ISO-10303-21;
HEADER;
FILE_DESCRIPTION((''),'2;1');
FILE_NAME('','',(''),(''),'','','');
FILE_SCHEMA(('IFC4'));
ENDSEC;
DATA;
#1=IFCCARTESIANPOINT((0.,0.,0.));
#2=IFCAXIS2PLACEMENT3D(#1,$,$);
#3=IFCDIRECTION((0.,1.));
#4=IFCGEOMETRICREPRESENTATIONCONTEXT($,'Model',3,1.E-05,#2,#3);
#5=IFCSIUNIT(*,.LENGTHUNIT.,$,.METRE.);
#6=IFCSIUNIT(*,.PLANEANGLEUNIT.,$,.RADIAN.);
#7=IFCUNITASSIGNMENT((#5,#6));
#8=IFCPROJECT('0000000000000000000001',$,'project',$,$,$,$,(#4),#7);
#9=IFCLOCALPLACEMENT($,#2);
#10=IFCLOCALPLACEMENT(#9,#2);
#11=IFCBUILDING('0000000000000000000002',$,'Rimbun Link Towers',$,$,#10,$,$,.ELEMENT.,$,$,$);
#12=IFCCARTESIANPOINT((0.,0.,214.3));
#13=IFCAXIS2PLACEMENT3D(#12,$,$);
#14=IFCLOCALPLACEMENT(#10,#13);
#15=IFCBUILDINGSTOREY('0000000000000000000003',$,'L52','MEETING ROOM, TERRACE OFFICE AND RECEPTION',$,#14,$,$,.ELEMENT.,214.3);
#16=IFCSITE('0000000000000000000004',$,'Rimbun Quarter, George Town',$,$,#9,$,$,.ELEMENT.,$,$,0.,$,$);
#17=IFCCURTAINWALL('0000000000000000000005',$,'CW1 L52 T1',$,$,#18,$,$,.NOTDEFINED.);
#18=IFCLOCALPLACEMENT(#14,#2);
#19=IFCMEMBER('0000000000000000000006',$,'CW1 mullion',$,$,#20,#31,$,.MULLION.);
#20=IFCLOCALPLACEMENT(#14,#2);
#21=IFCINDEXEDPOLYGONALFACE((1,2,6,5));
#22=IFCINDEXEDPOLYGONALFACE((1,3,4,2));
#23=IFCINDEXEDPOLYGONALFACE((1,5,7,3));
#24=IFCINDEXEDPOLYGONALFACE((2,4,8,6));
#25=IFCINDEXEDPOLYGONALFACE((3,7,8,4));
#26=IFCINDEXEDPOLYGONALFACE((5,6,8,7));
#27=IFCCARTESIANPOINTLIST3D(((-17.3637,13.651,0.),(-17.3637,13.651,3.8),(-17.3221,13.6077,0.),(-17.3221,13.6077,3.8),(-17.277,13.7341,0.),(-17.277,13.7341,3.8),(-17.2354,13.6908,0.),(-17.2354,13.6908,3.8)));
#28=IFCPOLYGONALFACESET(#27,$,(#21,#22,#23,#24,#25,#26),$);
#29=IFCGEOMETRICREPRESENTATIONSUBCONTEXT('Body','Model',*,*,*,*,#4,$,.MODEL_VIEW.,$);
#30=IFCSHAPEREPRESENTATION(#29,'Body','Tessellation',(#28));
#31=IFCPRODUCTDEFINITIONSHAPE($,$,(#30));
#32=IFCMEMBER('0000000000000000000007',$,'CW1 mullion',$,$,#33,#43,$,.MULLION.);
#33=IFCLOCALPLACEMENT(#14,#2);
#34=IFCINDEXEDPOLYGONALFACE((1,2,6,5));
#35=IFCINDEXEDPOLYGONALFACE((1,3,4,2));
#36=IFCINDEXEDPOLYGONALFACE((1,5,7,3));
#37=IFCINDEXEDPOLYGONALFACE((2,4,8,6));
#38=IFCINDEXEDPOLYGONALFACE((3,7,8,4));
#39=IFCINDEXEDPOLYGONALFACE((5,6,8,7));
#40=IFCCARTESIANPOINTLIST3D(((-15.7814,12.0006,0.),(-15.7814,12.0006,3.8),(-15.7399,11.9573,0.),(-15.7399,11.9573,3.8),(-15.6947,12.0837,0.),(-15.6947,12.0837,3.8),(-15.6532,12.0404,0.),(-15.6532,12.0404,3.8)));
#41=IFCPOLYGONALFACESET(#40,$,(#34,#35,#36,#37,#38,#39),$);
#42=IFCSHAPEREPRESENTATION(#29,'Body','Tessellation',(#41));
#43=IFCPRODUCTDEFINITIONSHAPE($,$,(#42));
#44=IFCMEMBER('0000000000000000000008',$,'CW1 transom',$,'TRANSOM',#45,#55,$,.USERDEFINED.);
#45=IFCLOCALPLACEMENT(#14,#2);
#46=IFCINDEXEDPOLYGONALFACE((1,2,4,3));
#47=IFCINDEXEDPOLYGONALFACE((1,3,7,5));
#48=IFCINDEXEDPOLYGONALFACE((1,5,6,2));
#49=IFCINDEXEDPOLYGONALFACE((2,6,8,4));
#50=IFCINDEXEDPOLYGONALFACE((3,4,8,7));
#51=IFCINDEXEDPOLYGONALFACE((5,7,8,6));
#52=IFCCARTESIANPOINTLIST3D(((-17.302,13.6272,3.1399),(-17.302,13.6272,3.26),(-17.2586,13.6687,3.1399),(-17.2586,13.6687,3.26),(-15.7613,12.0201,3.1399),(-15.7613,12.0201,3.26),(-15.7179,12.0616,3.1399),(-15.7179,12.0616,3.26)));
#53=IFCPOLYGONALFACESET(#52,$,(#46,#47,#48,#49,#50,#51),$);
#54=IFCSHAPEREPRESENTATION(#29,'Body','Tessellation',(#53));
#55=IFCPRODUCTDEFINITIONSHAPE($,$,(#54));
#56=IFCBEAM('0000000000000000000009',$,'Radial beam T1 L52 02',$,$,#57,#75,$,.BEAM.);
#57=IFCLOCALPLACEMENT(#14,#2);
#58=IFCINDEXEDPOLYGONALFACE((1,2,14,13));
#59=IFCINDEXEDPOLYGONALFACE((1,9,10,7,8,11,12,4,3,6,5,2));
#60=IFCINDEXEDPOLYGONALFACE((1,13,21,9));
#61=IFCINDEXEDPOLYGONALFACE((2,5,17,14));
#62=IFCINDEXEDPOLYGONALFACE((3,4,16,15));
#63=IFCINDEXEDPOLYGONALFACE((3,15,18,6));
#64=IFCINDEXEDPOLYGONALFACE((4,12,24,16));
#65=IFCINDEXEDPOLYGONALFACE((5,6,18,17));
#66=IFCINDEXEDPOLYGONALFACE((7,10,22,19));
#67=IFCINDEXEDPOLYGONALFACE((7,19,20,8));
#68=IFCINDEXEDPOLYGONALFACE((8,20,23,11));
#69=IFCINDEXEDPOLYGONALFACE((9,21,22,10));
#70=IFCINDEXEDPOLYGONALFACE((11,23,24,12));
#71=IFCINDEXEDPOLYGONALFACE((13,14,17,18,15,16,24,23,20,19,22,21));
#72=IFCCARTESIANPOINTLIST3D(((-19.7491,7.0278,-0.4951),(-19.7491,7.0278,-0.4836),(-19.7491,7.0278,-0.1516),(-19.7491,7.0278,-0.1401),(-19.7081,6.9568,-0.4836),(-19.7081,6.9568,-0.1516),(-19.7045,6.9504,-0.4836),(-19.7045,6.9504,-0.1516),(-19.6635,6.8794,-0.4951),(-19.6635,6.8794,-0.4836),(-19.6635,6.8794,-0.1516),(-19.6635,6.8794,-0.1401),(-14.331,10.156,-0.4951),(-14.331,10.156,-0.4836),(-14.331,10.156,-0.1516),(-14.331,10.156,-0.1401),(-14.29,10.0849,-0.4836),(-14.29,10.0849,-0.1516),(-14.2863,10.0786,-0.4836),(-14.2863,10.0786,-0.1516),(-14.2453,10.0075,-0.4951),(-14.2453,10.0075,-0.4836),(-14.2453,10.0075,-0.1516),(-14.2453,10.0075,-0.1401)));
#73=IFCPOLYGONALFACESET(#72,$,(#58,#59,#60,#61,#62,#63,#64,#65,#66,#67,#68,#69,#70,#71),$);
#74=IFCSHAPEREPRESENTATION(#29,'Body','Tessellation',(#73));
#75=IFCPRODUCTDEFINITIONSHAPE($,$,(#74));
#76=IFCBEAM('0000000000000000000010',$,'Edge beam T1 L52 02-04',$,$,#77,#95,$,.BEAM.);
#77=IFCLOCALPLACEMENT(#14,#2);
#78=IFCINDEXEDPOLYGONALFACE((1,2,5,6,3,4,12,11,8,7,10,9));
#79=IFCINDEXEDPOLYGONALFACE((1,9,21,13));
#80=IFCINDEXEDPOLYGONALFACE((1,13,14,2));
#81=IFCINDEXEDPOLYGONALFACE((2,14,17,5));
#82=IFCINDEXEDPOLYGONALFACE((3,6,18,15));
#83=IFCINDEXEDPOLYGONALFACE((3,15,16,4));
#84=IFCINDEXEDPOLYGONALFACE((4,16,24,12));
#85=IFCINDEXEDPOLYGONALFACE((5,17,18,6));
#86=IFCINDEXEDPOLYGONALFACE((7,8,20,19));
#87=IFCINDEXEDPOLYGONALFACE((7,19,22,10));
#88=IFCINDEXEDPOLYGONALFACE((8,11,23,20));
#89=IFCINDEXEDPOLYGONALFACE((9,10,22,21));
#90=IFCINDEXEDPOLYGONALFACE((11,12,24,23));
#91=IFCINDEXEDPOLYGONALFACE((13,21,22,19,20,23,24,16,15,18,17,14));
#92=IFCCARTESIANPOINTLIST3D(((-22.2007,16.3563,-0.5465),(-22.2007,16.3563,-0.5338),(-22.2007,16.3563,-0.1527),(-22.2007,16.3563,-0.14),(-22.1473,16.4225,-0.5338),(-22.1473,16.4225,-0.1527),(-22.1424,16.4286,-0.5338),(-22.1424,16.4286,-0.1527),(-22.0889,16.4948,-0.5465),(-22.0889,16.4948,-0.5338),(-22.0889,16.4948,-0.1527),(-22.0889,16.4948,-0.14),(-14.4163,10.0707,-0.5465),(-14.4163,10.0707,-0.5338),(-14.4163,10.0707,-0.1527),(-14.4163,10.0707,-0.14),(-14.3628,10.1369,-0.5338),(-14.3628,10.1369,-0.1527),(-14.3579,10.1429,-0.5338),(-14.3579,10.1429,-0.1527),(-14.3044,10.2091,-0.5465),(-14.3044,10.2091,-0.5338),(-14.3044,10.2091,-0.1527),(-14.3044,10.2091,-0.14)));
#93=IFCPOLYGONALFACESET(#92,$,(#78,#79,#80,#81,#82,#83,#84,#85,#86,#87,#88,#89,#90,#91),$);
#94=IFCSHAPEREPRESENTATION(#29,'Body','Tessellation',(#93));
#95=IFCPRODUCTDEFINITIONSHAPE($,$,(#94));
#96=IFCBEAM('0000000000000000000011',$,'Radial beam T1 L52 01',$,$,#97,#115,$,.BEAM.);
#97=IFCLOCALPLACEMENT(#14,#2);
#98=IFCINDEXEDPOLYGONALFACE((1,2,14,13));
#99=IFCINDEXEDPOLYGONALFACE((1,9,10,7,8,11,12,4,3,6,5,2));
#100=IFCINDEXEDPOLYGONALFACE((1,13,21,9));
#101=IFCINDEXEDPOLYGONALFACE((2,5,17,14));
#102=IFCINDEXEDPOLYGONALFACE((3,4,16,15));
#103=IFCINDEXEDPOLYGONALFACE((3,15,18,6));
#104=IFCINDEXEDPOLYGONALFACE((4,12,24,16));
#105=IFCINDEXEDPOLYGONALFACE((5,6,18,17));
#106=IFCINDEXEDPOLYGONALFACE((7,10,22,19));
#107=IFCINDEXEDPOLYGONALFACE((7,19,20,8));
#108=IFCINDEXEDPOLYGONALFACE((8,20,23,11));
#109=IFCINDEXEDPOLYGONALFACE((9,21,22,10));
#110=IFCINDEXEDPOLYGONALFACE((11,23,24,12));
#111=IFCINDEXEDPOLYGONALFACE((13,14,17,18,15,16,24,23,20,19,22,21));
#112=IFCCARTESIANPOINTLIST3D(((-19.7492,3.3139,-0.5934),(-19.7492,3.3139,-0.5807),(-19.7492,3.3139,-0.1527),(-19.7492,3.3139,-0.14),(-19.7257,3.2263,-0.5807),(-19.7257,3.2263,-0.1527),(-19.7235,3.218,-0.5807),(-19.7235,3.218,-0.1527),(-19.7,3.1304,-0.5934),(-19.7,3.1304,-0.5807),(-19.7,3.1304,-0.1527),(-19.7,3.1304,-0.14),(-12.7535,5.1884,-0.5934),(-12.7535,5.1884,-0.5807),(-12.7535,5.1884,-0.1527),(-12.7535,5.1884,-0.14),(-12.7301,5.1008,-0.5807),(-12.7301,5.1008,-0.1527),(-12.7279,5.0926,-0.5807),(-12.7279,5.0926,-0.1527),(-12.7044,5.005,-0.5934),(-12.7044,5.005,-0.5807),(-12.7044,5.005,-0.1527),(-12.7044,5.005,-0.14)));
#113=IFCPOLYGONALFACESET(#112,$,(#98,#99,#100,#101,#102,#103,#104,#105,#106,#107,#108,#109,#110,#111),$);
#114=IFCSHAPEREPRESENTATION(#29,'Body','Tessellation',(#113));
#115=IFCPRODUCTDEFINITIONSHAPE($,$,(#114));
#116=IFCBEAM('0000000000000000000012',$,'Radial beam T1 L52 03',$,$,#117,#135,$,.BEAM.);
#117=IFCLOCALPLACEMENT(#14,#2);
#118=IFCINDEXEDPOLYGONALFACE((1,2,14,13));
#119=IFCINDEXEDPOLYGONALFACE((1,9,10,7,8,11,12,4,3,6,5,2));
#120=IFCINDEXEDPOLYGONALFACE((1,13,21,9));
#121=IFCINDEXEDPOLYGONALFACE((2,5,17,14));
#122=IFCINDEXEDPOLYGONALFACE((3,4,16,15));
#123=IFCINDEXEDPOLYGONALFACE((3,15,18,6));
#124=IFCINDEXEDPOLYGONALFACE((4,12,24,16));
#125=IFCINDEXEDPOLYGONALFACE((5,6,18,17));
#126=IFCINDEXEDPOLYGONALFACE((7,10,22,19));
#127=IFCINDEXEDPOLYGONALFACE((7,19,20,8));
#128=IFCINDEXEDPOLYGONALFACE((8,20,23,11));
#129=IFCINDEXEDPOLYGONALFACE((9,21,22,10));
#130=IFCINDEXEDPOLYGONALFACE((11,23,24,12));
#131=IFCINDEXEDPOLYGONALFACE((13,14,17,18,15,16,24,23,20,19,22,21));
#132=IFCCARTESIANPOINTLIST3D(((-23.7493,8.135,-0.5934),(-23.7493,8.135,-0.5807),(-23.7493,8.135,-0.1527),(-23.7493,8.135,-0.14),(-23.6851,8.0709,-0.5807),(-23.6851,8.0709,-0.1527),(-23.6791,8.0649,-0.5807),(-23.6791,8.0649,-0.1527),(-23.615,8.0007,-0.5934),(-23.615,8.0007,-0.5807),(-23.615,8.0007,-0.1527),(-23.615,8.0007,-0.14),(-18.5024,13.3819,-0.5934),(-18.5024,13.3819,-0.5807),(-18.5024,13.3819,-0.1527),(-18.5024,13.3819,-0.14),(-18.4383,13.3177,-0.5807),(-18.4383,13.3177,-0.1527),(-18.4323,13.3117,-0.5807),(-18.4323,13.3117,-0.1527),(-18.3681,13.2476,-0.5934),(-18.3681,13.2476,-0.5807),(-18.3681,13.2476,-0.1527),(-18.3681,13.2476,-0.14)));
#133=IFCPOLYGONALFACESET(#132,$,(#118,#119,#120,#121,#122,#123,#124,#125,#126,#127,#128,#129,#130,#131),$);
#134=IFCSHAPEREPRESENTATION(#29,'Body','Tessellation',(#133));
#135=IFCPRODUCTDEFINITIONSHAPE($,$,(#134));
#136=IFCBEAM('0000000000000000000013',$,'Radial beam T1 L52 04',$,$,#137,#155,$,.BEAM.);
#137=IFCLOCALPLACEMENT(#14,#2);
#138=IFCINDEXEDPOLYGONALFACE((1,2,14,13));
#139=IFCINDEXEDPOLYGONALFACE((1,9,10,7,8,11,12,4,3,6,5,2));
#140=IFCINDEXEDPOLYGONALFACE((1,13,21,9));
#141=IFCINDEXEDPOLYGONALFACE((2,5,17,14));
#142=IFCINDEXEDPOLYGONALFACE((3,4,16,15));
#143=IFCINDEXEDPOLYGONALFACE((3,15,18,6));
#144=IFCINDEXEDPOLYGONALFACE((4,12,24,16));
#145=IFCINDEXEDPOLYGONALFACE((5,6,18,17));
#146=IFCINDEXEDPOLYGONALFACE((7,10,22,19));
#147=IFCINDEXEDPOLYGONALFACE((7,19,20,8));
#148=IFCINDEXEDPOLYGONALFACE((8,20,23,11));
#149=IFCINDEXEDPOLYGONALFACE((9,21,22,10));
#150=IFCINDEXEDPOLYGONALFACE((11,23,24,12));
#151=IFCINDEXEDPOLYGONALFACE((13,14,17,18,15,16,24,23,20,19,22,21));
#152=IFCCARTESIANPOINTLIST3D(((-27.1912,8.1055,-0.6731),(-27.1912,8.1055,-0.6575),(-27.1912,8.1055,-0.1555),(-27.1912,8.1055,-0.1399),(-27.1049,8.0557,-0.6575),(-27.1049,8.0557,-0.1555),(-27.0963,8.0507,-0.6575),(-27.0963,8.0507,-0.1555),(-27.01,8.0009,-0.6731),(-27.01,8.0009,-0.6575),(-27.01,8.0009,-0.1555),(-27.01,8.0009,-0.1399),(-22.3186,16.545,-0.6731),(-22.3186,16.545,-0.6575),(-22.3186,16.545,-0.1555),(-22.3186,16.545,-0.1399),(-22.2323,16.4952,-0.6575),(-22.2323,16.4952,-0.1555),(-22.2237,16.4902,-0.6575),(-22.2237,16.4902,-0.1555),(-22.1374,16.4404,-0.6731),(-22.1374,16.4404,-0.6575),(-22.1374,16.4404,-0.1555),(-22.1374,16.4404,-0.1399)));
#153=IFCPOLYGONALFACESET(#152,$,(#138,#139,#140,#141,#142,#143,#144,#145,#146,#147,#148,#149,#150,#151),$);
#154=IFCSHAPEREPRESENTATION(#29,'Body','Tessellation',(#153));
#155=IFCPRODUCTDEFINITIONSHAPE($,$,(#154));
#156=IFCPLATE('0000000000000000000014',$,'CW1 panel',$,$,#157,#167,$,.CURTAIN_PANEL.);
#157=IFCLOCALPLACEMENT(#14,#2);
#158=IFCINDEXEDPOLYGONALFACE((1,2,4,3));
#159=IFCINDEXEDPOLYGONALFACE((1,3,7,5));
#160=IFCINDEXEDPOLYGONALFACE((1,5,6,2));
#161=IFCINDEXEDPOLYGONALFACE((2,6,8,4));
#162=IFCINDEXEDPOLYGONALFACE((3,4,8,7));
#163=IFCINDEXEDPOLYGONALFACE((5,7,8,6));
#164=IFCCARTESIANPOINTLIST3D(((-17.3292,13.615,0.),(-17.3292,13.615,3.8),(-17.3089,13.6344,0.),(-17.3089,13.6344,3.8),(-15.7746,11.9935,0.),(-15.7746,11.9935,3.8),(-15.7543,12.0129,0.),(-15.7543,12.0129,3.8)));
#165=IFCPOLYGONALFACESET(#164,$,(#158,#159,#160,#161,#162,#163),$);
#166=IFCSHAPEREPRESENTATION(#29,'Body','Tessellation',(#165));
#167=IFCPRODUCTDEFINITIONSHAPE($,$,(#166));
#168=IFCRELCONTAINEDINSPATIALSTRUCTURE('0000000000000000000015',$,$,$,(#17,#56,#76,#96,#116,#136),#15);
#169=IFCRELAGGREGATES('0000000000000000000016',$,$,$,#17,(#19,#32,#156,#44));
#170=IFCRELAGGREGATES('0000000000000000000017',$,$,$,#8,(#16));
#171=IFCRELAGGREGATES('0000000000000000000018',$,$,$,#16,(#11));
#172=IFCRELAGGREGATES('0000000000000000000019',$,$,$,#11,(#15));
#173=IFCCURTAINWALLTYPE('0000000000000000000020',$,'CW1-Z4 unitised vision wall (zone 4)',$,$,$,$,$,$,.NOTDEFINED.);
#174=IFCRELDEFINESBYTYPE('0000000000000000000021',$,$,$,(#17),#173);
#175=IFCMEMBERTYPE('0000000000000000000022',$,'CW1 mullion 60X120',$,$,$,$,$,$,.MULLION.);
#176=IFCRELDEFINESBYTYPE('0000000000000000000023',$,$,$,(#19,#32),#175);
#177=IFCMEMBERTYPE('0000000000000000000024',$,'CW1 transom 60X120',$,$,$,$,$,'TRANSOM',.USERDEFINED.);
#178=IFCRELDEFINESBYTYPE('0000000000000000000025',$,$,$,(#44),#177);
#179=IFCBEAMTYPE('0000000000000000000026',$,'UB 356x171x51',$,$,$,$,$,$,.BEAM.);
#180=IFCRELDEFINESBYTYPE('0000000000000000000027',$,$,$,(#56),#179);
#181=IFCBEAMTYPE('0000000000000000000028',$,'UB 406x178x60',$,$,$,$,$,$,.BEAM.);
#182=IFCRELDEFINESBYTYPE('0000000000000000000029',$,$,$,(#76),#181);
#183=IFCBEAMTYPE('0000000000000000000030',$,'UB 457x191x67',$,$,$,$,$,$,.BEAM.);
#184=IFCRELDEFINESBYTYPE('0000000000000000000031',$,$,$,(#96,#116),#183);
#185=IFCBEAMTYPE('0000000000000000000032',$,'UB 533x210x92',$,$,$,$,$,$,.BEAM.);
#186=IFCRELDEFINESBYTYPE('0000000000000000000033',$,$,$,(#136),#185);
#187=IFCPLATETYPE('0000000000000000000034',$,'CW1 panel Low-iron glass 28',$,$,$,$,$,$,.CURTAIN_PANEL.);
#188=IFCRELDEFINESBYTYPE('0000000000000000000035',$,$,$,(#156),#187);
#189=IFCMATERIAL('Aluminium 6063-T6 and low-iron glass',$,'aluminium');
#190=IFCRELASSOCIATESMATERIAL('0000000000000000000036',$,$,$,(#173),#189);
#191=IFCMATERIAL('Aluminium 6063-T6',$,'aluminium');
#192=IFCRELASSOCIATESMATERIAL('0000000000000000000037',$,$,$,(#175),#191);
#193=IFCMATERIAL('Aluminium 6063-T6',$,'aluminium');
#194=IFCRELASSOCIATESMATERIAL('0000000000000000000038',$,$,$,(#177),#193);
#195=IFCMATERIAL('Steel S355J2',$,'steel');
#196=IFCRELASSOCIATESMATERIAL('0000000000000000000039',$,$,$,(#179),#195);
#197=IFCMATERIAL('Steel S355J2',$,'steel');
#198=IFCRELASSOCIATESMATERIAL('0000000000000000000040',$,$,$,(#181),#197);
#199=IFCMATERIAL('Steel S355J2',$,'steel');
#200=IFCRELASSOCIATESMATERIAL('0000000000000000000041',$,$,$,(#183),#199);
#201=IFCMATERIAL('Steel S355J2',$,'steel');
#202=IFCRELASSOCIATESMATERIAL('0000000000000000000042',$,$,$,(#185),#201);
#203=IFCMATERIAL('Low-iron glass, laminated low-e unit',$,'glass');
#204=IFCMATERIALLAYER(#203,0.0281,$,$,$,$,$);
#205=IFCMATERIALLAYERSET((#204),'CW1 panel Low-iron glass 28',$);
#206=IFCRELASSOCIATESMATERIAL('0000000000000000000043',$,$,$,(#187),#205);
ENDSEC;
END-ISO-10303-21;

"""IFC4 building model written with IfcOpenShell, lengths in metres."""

from ifc_helpers import new_model, si_unit, direction, frame, origin, origin_2d, place, context, subcontext, project, spatial, rectangle, i_section, extrude, material, layer, layer_set, material_profile, profile_set, type_object, element, aggregate, save


model = new_model("IFC4")

# Units and contexts
model_context = context("Model", 3, precision=1e-05, world=origin(), true_north=direction((0.0, 1.0)))
body_context = subcontext(model_context, "Body", "Model", "MODEL_VIEW")
ifc_project = project(units=[si_unit("LENGTHUNIT", "METRE"), si_unit("PLANEANGLEUNIT", "RADIAN")], contexts=[model_context])

# Site, building, storey
site_placement = place(None, origin())
site = spatial("IfcSite", under=ifc_project, at=site_placement, Name="Rimbun Quarter, George Town", CompositionType="ELEMENT", RefElevation=0.0)
building_placement = place(site_placement, origin())
building = spatial("IfcBuilding", under=site, at=building_placement, Name="Rimbun Link Towers", CompositionType="ELEMENT")
storey_placement = place(building_placement, frame((0.0, 0.0, 214.3)))
storey = spatial("IfcBuildingStorey", under=building, at=storey_placement, Name="L52", Description="MEETING ROOM, TERRACE OFFICE AND RECEPTION", CompositionType="ELEMENT", Elevation=214.3)

# Curtain wall, members
ifc_material_1 = material(Name="Aluminium 6063-T6 and low-iron glass", Category="aluminium")
curtain_wall_type = type_object("IfcCurtainWallType", Name="CW1-Z4 unitised vision wall (zone 4)", PredefinedType="NOTDEFINED", material=ifc_material_1)
curtain_wall_placement = place(storey_placement, origin())
curtain_wall = element("IfcCurtainWall", 1, at=curtain_wall_placement, inside=storey, type_object=curtain_wall_type, Name="CW1 L52 T1", PredefinedType="NOTDEFINED")
ifc_material_2 = material(Name="Aluminium 6063-T6", Category="aluminium")
ifc_material_profile_1 = material_profile(ifc_material_2, rectangle(XDim=0.1201, YDim=0.0601, at=origin_2d()), Name="MULLION 60X120")
ifc_profile_set_1 = profile_set([ifc_material_profile_1], Name="Aluminium 6063-T6")
member_type_1 = type_object("IfcMemberType", Name="CW1 mullion 60X120", PredefinedType="MULLION", material=ifc_profile_set_1)
member_1_placement = place(storey_placement, frame((-17.2996, 13.6709, 0.0), z_axis=(0.0, 0.0, 1.0), x_axis=(0.721846, 0.692053, 0.0)))
member_1 = element("IfcMember", 2, at=member_1_placement, type_object=member_type_1, Name="CW1 mullion", PredefinedType="MULLION", context=body_context, shape_type="SweptSolid", body=[
    extrude(rectangle(XDim=0.1201, YDim=0.0601, at=origin_2d()), origin(), (0.0, 0.0, 1.0), 3.8),
])
member_2_placement = place(storey_placement, frame((-15.7173, 12.0205, 0.0), z_axis=(0.0, 0.0, 1.0), x_axis=(0.721846, 0.692053, 0.0)))
member_2 = element("IfcMember", 3, at=member_2_placement, type_object=member_type_1, Name="CW1 mullion", PredefinedType="MULLION", context=body_context, shape_type="SweptSolid", body=[
    extrude(rectangle(XDim=0.1201, YDim=0.0601, at=origin_2d()), origin(), (0.0, 0.0, 1.0), 3.8),
])
ifc_material_3 = material(Name="Aluminium 6063-T6", Category="aluminium")
ifc_material_profile_2 = material_profile(ifc_material_3, rectangle(XDim=0.0601, YDim=0.1201, at=origin_2d()), Name="TRANSOM 60X120")
ifc_profile_set_2 = profile_set([ifc_material_profile_2], Name="Aluminium 6063-T6")
member_type_2 = type_object("IfcMemberType", Name="CW1 transom 60X120", ElementType="TRANSOM", PredefinedType="USERDEFINED", material=ifc_profile_set_2)
member_3_placement = place(storey_placement, frame((-17.2803, 13.6479, 3.2), z_axis=(0.692036, -0.721863, 0.0), x_axis=(0.721863, 0.692036, 0.0)))
member_3 = element("IfcMember", 4, at=member_3_placement, type_object=member_type_2, Name="CW1 transom", ObjectType="TRANSOM", PredefinedType="USERDEFINED", context=body_context, shape_type="SweptSolid", body=[
    extrude(rectangle(XDim=0.0601, YDim=0.1201, at=origin_2d()), origin(), (0.0, 0.0, 1.0), 2.2263),
])

# Beams
ifc_material_4 = material(Name="Steel S355J2", Category="steel")
ifc_material_profile_3 = material_profile(ifc_material_4, i_section(OverallWidth=0.1714, OverallDepth=0.355, WebThickness=0.0073, FlangeThickness=0.0115, at=origin_2d()), Name="UB 356x171x51")
ifc_profile_set_3 = profile_set([ifc_material_profile_3], Name="Steel S355J2")
beam_type_1 = type_object("IfcBeamType", Name="UB 356x171x51", PredefinedType="BEAM", material=ifc_profile_set_3)
beam_1_placement = place(storey_placement, frame((-19.7063, 6.9536, -0.3176), z_axis=(0.866028, 0.499996, 0.0), x_axis=(-0.499996, 0.866028, 0.0)))
element("IfcBeam", 5, at=beam_1_placement, inside=storey, type_object=beam_type_1, Name="Radial beam T1 L52 02", PredefinedType="BEAM", context=body_context, shape_type="SweptSolid", body=[
    extrude(i_section(OverallWidth=0.1714, OverallDepth=0.355, WebThickness=0.0073, FlangeThickness=0.0115, at=origin_2d()), origin(), (0.0, 0.0, 1.0), 6.2563),
])
ifc_material_5 = material(Name="Steel S355J2", Category="steel")
ifc_material_profile_4 = material_profile(ifc_material_5, i_section(OverallWidth=0.178, OverallDepth=0.4065, WebThickness=0.0078, FlangeThickness=0.0127, at=origin_2d()), Name="UB 406x178x60")
ifc_profile_set_4 = profile_set([ifc_material_profile_4], Name="Steel S355J2")
beam_type_2 = type_object("IfcBeamType", Name="UB 406x178x60", PredefinedType="BEAM", material=ifc_profile_set_4)
beam_2_placement = place(storey_placement, frame((-14.3604, 10.1399, -0.3433), z_axis=(-0.778028, 0.62823, 0.0), x_axis=(-0.62823, -0.778028, 0.0)))
element("IfcBeam", 6, at=beam_2_placement, inside=storey, type_object=beam_type_2, Name="Edge beam T1 L52 02-04", PredefinedType="BEAM", context=body_context, shape_type="SweptSolid", body=[
    extrude(i_section(OverallWidth=0.178, OverallDepth=0.4065, WebThickness=0.0078, FlangeThickness=0.0127, at=origin_2d()), origin(), (0.0, 0.0, 1.0), 10.0054),
])
ifc_material_6 = material(Name="Steel S355J2", Category="steel")
ifc_material_profile_5 = material_profile(ifc_material_6, i_section(OverallWidth=0.1899, OverallDepth=0.4534, WebThickness=0.0085, FlangeThickness=0.0127, at=origin_2d()), Name="UB 457x191x67")
ifc_profile_set_5 = profile_set([ifc_material_profile_5], Name="Steel S355J2")
beam_type_3 = type_object("IfcBeamType", Name="UB 457x191x67", PredefinedType="BEAM", material=ifc_profile_set_5)
beam_3_placement = place(storey_placement, frame((-19.7246, 3.2222, -0.3667), z_axis=(0.965924, 0.258825, 0.0), x_axis=(-0.258825, 0.965924, 0.0)))
element("IfcBeam", 7, at=beam_3_placement, inside=storey, type_object=beam_type_3, Name="Radial beam T1 L52 01", PredefinedType="BEAM", context=body_context, shape_type="SweptSolid", body=[
    extrude(i_section(OverallWidth=0.1899, OverallDepth=0.4534, WebThickness=0.0085, FlangeThickness=0.0127, at=origin_2d()), origin(), (0.0, 0.0, 1.0), 7.2424),
])
beam_4_placement = place(storey_placement, frame((-23.6821, 8.0679, -0.3667), z_axis=(0.707107, 0.707107, 0.0), x_axis=(-0.707107, 0.707107, 0.0)))
element("IfcBeam", 8, at=beam_4_placement, inside=storey, type_object=beam_type_3, Name="Radial beam T1 L52 03", PredefinedType="BEAM", context=body_context, shape_type="SweptSolid", body=[
    extrude(i_section(OverallWidth=0.1899, OverallDepth=0.4534, WebThickness=0.0085, FlangeThickness=0.0127, at=origin_2d()), origin(), (0.0, 0.0, 1.0), 7.4202),
])
ifc_material_7 = material(Name="Steel S355J2", Category="steel")
ifc_material_profile_6 = material_profile(ifc_material_7, i_section(OverallWidth=0.2092, OverallDepth=0.5332, WebThickness=0.01, FlangeThickness=0.0156, at=origin_2d()), Name="UB 533x210x92")
ifc_profile_set_6 = profile_set([ifc_material_profile_6], Name="Steel S355J2")
beam_type_4 = type_object("IfcBeamType", Name="UB 533x210x92", PredefinedType="BEAM", material=ifc_profile_set_6)
beam_5_placement = place(storey_placement, frame((-27.1006, 8.0532, -0.4065), z_axis=(0.500003, 0.866024, 0.0), x_axis=(-0.866024, 0.500003, 0.0)))
element("IfcBeam", 9, at=beam_5_placement, inside=storey, type_object=beam_type_4, Name="Radial beam T1 L52 04", PredefinedType="BEAM", context=body_context, shape_type="SweptSolid", body=[
    extrude(i_section(OverallWidth=0.2092, OverallDepth=0.5332, WebThickness=0.01, FlangeThickness=0.0156, at=origin_2d()), origin(), (0.0, 0.0, 1.0), 9.7451),
])

# Plate
ifc_material_8 = material(Name="Low-iron glass, laminated low-e unit", Category="glass")
ifc_layer_1 = layer(ifc_material_8, 0.0281)
ifc_layer_set_1 = layer_set([ifc_layer_1], Name="CW1 panel Low-iron glass 28")
plate_type = type_object("IfcPlateType", Name="CW1 panel Low-iron glass 28", PredefinedType="CURTAIN_PANEL", material=ifc_layer_set_1)
plate_placement = place(storey_placement, frame((-16.5417, 12.814, 0.0), z_axis=(0.0, 0.0, 1.0), x_axis=(0.692053, -0.721846, 0.0)))
plate = element("IfcPlate", 10, at=plate_placement, type_object=plate_type, Name="CW1 panel", PredefinedType="CURTAIN_PANEL", context=body_context, shape_type="SweptSolid", body=[
    extrude(rectangle(XDim=2.2463, YDim=0.0281, at=origin_2d()), origin(), (0.0, 0.0, 1.0), 3.8),
])
aggregate(curtain_wall, [member_1, member_2, plate, member_3])

save(model, "model.ifc")
